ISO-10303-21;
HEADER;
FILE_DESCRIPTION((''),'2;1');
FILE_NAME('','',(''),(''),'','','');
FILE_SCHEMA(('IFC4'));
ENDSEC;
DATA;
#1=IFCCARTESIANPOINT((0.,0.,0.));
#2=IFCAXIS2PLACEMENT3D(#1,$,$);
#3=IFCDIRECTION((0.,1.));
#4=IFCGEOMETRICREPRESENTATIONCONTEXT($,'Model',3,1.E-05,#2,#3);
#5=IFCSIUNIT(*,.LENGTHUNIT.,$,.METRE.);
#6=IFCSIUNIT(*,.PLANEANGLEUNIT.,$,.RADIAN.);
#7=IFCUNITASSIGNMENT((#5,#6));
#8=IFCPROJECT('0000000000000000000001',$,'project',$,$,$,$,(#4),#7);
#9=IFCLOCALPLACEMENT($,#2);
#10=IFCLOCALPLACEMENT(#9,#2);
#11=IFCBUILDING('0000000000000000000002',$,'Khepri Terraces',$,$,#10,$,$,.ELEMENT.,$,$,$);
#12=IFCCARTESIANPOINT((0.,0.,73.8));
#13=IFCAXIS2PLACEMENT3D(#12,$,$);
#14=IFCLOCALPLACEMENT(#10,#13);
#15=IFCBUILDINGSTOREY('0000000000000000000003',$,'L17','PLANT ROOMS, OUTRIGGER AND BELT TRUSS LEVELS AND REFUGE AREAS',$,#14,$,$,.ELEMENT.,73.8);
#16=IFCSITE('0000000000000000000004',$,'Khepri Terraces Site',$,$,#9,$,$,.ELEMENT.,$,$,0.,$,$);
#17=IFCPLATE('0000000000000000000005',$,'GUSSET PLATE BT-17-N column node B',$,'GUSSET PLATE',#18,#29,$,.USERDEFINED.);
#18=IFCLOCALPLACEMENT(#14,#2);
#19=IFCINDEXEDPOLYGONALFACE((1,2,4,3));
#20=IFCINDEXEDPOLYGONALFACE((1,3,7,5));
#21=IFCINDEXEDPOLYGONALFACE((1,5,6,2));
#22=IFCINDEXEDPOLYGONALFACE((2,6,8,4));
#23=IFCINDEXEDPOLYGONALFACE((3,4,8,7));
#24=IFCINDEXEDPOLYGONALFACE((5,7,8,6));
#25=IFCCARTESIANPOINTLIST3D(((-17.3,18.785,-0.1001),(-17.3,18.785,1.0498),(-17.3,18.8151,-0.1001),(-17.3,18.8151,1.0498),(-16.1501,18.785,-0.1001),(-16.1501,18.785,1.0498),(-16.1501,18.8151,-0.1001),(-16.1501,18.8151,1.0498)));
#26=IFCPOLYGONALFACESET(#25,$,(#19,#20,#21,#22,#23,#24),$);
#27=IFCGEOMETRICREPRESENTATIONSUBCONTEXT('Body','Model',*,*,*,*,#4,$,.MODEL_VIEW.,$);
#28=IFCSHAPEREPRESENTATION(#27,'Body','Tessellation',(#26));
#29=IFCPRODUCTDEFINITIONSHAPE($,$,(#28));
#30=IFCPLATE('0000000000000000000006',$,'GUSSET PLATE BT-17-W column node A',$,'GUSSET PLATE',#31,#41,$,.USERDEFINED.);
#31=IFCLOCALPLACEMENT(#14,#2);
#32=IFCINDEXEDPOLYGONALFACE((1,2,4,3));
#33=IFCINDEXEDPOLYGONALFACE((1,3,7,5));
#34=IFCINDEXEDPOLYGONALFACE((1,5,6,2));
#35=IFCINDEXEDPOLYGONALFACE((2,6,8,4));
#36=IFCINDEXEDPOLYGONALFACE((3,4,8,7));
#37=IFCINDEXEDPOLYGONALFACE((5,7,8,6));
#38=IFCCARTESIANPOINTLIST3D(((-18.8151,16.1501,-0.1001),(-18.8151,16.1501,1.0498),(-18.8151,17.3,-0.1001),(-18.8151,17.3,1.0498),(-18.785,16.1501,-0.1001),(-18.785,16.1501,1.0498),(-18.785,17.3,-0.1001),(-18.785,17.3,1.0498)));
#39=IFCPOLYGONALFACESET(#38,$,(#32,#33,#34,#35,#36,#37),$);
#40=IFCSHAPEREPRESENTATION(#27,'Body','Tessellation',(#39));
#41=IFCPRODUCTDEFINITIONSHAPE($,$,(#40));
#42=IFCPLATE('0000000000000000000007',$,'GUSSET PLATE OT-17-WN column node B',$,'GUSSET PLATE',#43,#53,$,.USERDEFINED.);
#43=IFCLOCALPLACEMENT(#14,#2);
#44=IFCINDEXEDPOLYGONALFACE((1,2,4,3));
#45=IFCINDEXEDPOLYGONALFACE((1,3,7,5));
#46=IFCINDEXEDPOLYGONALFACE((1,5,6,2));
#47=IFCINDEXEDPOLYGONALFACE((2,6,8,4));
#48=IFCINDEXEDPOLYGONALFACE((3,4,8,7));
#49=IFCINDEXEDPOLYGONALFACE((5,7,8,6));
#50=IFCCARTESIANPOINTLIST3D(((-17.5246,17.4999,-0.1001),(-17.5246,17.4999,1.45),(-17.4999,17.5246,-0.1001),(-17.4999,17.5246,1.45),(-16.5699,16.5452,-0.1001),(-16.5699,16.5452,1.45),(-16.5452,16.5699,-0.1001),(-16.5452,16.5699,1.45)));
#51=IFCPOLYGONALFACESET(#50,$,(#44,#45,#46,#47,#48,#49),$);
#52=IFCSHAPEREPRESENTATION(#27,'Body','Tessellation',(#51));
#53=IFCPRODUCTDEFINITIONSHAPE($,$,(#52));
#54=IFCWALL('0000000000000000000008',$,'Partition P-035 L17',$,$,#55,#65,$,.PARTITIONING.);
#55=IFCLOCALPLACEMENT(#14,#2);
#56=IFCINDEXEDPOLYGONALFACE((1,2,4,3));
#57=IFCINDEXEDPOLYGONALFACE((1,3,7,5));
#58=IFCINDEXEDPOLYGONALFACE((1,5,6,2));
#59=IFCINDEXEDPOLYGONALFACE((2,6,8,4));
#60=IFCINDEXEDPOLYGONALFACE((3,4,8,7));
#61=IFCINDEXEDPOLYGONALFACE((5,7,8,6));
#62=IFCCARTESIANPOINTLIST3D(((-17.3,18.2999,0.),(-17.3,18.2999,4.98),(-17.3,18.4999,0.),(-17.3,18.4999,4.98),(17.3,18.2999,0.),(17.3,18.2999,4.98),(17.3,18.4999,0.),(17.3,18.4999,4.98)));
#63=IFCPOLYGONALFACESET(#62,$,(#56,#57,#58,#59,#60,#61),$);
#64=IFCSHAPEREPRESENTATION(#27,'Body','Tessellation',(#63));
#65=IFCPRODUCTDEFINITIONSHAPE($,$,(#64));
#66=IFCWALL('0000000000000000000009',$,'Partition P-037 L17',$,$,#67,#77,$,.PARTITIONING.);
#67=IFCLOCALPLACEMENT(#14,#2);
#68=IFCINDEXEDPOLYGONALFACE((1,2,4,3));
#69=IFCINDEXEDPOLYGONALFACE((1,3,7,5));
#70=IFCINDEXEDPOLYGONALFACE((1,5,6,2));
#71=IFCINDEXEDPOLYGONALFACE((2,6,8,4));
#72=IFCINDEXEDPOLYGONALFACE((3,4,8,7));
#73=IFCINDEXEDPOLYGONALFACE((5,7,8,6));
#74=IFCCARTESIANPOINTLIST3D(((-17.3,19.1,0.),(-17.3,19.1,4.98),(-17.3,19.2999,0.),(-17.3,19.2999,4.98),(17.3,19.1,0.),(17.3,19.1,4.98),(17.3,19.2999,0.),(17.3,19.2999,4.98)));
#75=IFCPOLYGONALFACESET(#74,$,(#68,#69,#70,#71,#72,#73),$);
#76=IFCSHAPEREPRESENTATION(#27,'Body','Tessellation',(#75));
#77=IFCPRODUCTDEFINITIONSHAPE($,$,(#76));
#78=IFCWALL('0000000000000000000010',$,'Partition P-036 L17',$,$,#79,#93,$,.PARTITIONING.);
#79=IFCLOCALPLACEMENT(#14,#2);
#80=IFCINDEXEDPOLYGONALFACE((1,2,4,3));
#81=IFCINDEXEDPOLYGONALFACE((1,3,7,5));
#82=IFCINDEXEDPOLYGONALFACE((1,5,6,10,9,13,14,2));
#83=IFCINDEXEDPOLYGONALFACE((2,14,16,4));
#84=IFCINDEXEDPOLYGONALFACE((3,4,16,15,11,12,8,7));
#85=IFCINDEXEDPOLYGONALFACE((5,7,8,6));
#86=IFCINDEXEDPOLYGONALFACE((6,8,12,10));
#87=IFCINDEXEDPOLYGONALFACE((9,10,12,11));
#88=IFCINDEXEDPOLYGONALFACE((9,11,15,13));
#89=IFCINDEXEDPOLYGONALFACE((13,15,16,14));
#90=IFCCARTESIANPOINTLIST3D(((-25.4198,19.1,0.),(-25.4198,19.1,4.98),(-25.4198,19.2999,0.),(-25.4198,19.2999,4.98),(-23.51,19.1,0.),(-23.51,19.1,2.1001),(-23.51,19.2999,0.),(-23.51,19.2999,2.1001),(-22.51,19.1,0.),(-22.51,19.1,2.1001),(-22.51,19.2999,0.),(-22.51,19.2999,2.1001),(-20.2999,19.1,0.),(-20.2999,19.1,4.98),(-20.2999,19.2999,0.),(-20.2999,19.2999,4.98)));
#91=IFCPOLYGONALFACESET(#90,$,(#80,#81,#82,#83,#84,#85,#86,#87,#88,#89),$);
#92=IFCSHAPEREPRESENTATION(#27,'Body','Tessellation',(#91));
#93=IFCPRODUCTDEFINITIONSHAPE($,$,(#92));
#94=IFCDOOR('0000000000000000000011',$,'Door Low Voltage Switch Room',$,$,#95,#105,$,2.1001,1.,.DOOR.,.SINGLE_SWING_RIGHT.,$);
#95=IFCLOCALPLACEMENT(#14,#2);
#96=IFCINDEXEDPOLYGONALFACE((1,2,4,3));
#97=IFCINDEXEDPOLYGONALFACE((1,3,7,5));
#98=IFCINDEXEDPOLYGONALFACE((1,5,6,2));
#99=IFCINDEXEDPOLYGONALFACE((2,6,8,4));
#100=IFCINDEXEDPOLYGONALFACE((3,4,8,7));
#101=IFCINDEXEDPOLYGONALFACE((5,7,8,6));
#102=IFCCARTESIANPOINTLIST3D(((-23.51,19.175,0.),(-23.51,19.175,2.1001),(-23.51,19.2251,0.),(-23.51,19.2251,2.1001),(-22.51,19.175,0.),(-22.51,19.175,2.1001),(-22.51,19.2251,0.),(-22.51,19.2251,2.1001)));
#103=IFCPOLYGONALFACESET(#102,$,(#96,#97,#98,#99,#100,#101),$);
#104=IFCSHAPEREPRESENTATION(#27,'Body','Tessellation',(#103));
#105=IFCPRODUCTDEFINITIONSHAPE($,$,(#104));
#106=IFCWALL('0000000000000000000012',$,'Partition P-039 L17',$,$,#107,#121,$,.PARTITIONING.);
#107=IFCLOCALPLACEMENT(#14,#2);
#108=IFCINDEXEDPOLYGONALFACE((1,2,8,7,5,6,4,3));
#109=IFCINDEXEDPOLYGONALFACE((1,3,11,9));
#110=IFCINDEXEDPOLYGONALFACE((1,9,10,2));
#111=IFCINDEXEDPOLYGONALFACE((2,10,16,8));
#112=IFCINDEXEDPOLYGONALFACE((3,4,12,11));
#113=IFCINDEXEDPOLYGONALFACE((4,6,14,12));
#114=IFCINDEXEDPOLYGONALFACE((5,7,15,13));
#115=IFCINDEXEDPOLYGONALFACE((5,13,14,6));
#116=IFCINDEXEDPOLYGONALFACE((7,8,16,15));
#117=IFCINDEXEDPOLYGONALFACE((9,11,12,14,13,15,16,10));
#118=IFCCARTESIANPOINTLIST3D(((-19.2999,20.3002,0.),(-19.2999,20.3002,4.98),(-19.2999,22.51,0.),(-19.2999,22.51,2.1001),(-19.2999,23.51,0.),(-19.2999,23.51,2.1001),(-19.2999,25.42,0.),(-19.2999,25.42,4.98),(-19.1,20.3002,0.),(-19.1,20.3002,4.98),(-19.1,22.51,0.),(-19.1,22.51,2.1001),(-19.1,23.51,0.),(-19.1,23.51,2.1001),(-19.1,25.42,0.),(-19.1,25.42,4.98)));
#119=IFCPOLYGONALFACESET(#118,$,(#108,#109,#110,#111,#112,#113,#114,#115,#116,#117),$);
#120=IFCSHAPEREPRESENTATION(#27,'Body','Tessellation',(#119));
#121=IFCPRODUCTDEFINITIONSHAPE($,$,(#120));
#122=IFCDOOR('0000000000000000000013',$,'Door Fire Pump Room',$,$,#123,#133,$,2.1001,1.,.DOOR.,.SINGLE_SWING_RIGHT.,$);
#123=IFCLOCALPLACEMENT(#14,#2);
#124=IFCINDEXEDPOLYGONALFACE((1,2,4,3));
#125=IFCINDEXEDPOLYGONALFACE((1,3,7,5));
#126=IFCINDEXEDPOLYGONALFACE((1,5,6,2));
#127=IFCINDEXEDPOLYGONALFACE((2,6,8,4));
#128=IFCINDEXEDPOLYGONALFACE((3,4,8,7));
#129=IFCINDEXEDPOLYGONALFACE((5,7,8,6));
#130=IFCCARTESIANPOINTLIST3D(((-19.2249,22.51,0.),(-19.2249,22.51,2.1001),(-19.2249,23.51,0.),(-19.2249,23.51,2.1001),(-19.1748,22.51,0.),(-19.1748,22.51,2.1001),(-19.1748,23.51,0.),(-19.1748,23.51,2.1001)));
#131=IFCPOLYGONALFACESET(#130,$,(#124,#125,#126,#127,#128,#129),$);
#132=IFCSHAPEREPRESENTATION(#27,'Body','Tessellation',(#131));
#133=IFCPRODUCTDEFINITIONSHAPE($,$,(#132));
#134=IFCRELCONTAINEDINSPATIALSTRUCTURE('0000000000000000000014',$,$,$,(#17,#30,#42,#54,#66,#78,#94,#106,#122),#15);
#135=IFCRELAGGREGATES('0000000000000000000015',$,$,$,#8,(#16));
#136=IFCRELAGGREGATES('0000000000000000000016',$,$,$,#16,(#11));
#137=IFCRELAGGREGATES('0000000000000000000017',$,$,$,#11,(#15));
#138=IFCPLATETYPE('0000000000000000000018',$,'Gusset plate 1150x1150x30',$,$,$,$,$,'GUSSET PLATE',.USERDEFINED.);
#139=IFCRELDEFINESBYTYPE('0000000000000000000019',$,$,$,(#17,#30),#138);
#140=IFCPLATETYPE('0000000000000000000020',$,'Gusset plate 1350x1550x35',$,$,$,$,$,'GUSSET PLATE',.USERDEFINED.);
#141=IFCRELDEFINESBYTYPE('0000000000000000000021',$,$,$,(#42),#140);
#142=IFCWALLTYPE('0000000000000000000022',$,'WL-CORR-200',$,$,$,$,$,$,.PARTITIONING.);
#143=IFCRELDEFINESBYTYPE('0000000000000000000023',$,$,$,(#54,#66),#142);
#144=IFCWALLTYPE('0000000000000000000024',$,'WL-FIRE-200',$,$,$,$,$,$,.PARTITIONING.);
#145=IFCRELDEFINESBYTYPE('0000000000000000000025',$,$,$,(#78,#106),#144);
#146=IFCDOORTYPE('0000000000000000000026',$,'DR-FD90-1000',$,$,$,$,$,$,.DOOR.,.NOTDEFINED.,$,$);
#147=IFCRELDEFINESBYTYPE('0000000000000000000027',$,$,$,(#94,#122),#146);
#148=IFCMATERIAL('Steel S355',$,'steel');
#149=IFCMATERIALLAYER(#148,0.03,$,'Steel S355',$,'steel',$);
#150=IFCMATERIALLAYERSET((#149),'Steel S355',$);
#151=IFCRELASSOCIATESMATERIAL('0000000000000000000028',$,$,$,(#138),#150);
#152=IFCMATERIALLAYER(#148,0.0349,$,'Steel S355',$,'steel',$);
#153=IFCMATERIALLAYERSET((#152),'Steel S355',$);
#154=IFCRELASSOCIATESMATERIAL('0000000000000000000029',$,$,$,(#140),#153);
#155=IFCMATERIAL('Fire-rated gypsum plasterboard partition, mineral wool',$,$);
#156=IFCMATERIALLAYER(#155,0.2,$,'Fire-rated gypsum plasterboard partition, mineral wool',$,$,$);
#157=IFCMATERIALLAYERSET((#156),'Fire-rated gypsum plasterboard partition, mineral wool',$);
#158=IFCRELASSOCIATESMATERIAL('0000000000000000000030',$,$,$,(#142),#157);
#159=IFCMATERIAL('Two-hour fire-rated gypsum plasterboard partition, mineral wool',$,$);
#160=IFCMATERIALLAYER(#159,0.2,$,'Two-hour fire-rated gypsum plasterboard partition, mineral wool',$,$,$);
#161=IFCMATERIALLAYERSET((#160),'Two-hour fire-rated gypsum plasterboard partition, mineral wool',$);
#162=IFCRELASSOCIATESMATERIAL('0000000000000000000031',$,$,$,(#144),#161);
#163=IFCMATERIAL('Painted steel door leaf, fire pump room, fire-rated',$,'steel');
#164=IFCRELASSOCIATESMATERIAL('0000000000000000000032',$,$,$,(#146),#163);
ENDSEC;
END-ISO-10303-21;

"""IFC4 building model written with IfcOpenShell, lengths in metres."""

from ifc_helpers import new_model, si_unit, direction, frame, frame_2d, origin, origin_2d, place, context, subcontext, project, spatial, rectangle, extrude, material, layer, layer_set, type_object, element, fill, save


model = new_model("IFC4")

# Units and contexts
model_context = context("Model", 3, precision=1e-05, world=origin(), true_north=direction((0.0, 1.0)))
body_context = subcontext(model_context, "Body", "Model", "MODEL_VIEW")
ifc_project = project(units=[si_unit("LENGTHUNIT", "METRE"), si_unit("PLANEANGLEUNIT", "RADIAN")], contexts=[model_context])

# Site, building, storey
site_placement = place(None, origin())
site = spatial("IfcSite", under=ifc_project, at=site_placement, Name="Khepri Terraces Site", CompositionType="ELEMENT", RefElevation=0.0)
building_placement = place(site_placement, origin())
building = spatial("IfcBuilding", under=site, at=building_placement, Name="Khepri Terraces", CompositionType="ELEMENT")
storey_placement = place(building_placement, frame((0.0, 0.0, 73.8)))
storey = spatial("IfcBuildingStorey", under=building, at=storey_placement, Name="L17", Description="PLANT ROOMS, OUTRIGGER AND BELT TRUSS LEVELS AND REFUGE AREAS", CompositionType="ELEMENT", Elevation=73.8)

# Shared definitions
ifc_material_1 = material(Name="Steel S355", Category="steel")

# Plates
ifc_layer_1 = layer(ifc_material_1, 0.03, Name="Steel S355", Category="steel")
ifc_layer_set_1 = layer_set([ifc_layer_1], Name="Steel S355")
plate_type_1 = type_object("IfcPlateType", Name="Gusset plate 1150x1150x30", ElementType="GUSSET PLATE", PredefinedType="USERDEFINED", material=ifc_layer_set_1)
for number, where, z_axis, x_axis, name in (
    (1, (-16.7251, 18.8, -0.1001), (0.0, 0.0, 1.0), (-1.0, 0.0, 0.0), "GUSSET PLATE BT-17-N column node B"),
    (2, (-18.8, 16.7251, -0.1001), (0.0, 0.0, 1.0), (0.0, -1.0, 0.0), "GUSSET PLATE BT-17-W column node A"),
):
    element("IfcPlate", number, at=place(storey_placement, frame(where, z_axis=z_axis, x_axis=x_axis)), inside=storey, type_object=plate_type_1, Name=name, ObjectType="GUSSET PLATE", PredefinedType="USERDEFINED", context=body_context, shape_type="SweptSolid", body=[
        extrude(rectangle(XDim=1.1499, YDim=0.03, at=origin_2d()), origin(), (0.0, 0.0, 1.0), 1.1499),
    ])
ifc_layer_2 = layer(ifc_material_1, 0.0349, Name="Steel S355", Category="steel")
ifc_layer_set_2 = layer_set([ifc_layer_2], Name="Steel S355")
plate_type_2 = type_object("IfcPlateType", Name="Gusset plate 1350x1550x35", ElementType="GUSSET PLATE", PredefinedType="USERDEFINED", material=ifc_layer_set_2)
plate_placement = place(storey_placement, frame((-17.0349, 17.0349, -0.1001), z_axis=(0.0, 0.0, 1.0), x_axis=(-0.707107, 0.707107, 0.0)))
element("IfcPlate", 3, at=plate_placement, inside=storey, type_object=plate_type_2, Name="GUSSET PLATE OT-17-WN column node B", ObjectType="GUSSET PLATE", PredefinedType="USERDEFINED", context=body_context, shape_type="SweptSolid", body=[
    extrude(rectangle(XDim=1.3501, YDim=0.0349, at=origin_2d()), origin(), (0.0, 0.0, 1.0), 1.55),
])

# Walls
ifc_material_2 = material(Name="Fire-rated gypsum plasterboard partition, mineral wool")
ifc_layer_3 = layer(ifc_material_2, 0.2, Name="Fire-rated gypsum plasterboard partition, mineral wool")
ifc_layer_set_3 = layer_set([ifc_layer_3], Name="Fire-rated gypsum plasterboard partition, mineral wool")
wall_type_1 = type_object("IfcWallType", Name="WL-CORR-200", PredefinedType="PARTITIONING", material=ifc_layer_set_3)
for number, where, z_axis, x_axis, name in (
    (4, (-17.3, 18.3999, 0.0), (0.0, 0.0, 1.0), (1.0, 0.0, 0.0), "Partition P-035 L17"),
    (5, (-17.3, 19.2, 0.0), (0.0, 0.0, 1.0), (1.0, 0.0, 0.0), "Partition P-037 L17"),
):
    element("IfcWall", number, at=place(storey_placement, frame(where, z_axis=z_axis, x_axis=x_axis)), inside=storey, type_object=wall_type_1, Name=name, PredefinedType="PARTITIONING", context=body_context, shape_type="SweptSolid", body=[
        extrude(rectangle(XDim=34.6001, YDim=0.2, at=frame_2d((17.3, 0.0))), origin(), (0.0, 0.0, 1.0), 4.98),
    ])

# Walls, openings, doors
ifc_material_3 = material(Name="Two-hour fire-rated gypsum plasterboard partition, mineral wool")
ifc_layer_4 = layer(ifc_material_3, 0.2, Name="Two-hour fire-rated gypsum plasterboard partition, mineral wool")
ifc_layer_set_4 = layer_set([ifc_layer_4], Name="Two-hour fire-rated gypsum plasterboard partition, mineral wool")
wall_type_2 = type_object("IfcWallType", Name="WL-FIRE-200", PredefinedType="PARTITIONING", material=ifc_layer_set_4)
wall_1_placement = place(storey_placement, frame((-25.4199, 19.2, 0.0), z_axis=(0.0, 0.0, 1.0), x_axis=(1.0, 0.0, 0.0)))
wall_1 = element("IfcWall", 6, at=wall_1_placement, inside=storey, type_object=wall_type_2, Name="Partition P-036 L17", PredefinedType="PARTITIONING", context=body_context, shape_type="SweptSolid", body=[
    extrude(rectangle(XDim=5.1199, YDim=0.2, at=frame_2d((2.5601, 0.0))), origin(), (0.0, 0.0, 1.0), 4.98),
])
opening_1_placement = place(wall_1_placement, frame((1.9099, 0.0, 0.0)))
opening_1 = element("IfcOpeningElement", 7, at=opening_1_placement, cuts=wall_1, PredefinedType="OPENING", context=body_context, shape_type="SweptSolid", body=[
    extrude(rectangle(XDim=1.0, YDim=2.1001, at=frame_2d((0.5, 1.05))), frame((0.0, 0.1099, 0.0), z_axis=(0.0, -1.0, 0.0), x_axis=(1.0, 0.0, 0.0)), (0.0, 0.0, 1.0), 0.22),
])
ifc_material_4 = material(Name="Painted steel door leaf, fire pump room, fire-rated", Category="steel")
door_type = type_object("IfcDoorType", Name="DR-FD90-1000", OperationType="NOTDEFINED", PredefinedType="DOOR", material=ifc_material_4)
door_1_placement = place(opening_1_placement, frame((1.0, 0.0, 0.0), z_axis=(0.0, 0.0, 1.0), x_axis=(-1.0, 0.0, 0.0)))
door_1 = element("IfcDoor", 8, at=door_1_placement, inside=storey, type_object=door_type, Name="Door Low Voltage Switch Room", OperationType="SINGLE_SWING_RIGHT", OverallHeight=2.1001, OverallWidth=1.0, PredefinedType="DOOR", context=body_context, shape_type="SweptSolid", body=[
    extrude(rectangle(XDim=1.0, YDim=2.1001, at=frame_2d((0.5, 1.05))), frame((0.0, 0.0249, 0.0), z_axis=(0.0, -1.0, 0.0), x_axis=(1.0, 0.0, 0.0)), (0.0, 0.0, 1.0), 0.05),
])
fill(opening_1, door_1)
wall_2_placement = place(storey_placement, frame((-19.2, 20.3, 0.0), z_axis=(0.0, 0.0, 1.0), x_axis=(0.0, 1.0, 0.0)))
wall_2 = element("IfcWall", 9, at=wall_2_placement, inside=storey, type_object=wall_type_2, Name="Partition P-039 L17", PredefinedType="PARTITIONING", context=body_context, shape_type="SweptSolid", body=[
    extrude(rectangle(XDim=5.1199, YDim=0.2, at=frame_2d((2.5601, 0.0))), origin(), (0.0, 0.0, 1.0), 4.98),
])
opening_2_placement = place(wall_2_placement, frame((2.21, 0.0, 0.0)))
opening_2 = element("IfcOpeningElement", 10, at=opening_2_placement, cuts=wall_2, PredefinedType="OPENING", context=body_context, shape_type="SweptSolid", body=[
    extrude(rectangle(XDim=1.0, YDim=2.1001, at=frame_2d((0.5, 1.05))), frame((0.0, 0.1099, 0.0), z_axis=(0.0, -1.0, 0.0), x_axis=(1.0, 0.0, 0.0)), (0.0, 0.0, 1.0), 0.22),
])
door_2_placement = place(opening_2_placement, origin())
door_2 = element("IfcDoor", 11, at=door_2_placement, inside=storey, type_object=door_type, Name="Door Fire Pump Room", OperationType="SINGLE_SWING_RIGHT", OverallHeight=2.1001, OverallWidth=1.0, PredefinedType="DOOR", context=body_context, shape_type="SweptSolid", body=[
    extrude(rectangle(XDim=1.0, YDim=2.1001, at=frame_2d((0.5, 1.05))), frame((0.0, 0.0249, 0.0), z_axis=(0.0, -1.0, 0.0), x_axis=(1.0, 0.0, 0.0)), (0.0, 0.0, 1.0), 0.05),
])
fill(opening_2, door_2)

save(model, "model.ifc")
